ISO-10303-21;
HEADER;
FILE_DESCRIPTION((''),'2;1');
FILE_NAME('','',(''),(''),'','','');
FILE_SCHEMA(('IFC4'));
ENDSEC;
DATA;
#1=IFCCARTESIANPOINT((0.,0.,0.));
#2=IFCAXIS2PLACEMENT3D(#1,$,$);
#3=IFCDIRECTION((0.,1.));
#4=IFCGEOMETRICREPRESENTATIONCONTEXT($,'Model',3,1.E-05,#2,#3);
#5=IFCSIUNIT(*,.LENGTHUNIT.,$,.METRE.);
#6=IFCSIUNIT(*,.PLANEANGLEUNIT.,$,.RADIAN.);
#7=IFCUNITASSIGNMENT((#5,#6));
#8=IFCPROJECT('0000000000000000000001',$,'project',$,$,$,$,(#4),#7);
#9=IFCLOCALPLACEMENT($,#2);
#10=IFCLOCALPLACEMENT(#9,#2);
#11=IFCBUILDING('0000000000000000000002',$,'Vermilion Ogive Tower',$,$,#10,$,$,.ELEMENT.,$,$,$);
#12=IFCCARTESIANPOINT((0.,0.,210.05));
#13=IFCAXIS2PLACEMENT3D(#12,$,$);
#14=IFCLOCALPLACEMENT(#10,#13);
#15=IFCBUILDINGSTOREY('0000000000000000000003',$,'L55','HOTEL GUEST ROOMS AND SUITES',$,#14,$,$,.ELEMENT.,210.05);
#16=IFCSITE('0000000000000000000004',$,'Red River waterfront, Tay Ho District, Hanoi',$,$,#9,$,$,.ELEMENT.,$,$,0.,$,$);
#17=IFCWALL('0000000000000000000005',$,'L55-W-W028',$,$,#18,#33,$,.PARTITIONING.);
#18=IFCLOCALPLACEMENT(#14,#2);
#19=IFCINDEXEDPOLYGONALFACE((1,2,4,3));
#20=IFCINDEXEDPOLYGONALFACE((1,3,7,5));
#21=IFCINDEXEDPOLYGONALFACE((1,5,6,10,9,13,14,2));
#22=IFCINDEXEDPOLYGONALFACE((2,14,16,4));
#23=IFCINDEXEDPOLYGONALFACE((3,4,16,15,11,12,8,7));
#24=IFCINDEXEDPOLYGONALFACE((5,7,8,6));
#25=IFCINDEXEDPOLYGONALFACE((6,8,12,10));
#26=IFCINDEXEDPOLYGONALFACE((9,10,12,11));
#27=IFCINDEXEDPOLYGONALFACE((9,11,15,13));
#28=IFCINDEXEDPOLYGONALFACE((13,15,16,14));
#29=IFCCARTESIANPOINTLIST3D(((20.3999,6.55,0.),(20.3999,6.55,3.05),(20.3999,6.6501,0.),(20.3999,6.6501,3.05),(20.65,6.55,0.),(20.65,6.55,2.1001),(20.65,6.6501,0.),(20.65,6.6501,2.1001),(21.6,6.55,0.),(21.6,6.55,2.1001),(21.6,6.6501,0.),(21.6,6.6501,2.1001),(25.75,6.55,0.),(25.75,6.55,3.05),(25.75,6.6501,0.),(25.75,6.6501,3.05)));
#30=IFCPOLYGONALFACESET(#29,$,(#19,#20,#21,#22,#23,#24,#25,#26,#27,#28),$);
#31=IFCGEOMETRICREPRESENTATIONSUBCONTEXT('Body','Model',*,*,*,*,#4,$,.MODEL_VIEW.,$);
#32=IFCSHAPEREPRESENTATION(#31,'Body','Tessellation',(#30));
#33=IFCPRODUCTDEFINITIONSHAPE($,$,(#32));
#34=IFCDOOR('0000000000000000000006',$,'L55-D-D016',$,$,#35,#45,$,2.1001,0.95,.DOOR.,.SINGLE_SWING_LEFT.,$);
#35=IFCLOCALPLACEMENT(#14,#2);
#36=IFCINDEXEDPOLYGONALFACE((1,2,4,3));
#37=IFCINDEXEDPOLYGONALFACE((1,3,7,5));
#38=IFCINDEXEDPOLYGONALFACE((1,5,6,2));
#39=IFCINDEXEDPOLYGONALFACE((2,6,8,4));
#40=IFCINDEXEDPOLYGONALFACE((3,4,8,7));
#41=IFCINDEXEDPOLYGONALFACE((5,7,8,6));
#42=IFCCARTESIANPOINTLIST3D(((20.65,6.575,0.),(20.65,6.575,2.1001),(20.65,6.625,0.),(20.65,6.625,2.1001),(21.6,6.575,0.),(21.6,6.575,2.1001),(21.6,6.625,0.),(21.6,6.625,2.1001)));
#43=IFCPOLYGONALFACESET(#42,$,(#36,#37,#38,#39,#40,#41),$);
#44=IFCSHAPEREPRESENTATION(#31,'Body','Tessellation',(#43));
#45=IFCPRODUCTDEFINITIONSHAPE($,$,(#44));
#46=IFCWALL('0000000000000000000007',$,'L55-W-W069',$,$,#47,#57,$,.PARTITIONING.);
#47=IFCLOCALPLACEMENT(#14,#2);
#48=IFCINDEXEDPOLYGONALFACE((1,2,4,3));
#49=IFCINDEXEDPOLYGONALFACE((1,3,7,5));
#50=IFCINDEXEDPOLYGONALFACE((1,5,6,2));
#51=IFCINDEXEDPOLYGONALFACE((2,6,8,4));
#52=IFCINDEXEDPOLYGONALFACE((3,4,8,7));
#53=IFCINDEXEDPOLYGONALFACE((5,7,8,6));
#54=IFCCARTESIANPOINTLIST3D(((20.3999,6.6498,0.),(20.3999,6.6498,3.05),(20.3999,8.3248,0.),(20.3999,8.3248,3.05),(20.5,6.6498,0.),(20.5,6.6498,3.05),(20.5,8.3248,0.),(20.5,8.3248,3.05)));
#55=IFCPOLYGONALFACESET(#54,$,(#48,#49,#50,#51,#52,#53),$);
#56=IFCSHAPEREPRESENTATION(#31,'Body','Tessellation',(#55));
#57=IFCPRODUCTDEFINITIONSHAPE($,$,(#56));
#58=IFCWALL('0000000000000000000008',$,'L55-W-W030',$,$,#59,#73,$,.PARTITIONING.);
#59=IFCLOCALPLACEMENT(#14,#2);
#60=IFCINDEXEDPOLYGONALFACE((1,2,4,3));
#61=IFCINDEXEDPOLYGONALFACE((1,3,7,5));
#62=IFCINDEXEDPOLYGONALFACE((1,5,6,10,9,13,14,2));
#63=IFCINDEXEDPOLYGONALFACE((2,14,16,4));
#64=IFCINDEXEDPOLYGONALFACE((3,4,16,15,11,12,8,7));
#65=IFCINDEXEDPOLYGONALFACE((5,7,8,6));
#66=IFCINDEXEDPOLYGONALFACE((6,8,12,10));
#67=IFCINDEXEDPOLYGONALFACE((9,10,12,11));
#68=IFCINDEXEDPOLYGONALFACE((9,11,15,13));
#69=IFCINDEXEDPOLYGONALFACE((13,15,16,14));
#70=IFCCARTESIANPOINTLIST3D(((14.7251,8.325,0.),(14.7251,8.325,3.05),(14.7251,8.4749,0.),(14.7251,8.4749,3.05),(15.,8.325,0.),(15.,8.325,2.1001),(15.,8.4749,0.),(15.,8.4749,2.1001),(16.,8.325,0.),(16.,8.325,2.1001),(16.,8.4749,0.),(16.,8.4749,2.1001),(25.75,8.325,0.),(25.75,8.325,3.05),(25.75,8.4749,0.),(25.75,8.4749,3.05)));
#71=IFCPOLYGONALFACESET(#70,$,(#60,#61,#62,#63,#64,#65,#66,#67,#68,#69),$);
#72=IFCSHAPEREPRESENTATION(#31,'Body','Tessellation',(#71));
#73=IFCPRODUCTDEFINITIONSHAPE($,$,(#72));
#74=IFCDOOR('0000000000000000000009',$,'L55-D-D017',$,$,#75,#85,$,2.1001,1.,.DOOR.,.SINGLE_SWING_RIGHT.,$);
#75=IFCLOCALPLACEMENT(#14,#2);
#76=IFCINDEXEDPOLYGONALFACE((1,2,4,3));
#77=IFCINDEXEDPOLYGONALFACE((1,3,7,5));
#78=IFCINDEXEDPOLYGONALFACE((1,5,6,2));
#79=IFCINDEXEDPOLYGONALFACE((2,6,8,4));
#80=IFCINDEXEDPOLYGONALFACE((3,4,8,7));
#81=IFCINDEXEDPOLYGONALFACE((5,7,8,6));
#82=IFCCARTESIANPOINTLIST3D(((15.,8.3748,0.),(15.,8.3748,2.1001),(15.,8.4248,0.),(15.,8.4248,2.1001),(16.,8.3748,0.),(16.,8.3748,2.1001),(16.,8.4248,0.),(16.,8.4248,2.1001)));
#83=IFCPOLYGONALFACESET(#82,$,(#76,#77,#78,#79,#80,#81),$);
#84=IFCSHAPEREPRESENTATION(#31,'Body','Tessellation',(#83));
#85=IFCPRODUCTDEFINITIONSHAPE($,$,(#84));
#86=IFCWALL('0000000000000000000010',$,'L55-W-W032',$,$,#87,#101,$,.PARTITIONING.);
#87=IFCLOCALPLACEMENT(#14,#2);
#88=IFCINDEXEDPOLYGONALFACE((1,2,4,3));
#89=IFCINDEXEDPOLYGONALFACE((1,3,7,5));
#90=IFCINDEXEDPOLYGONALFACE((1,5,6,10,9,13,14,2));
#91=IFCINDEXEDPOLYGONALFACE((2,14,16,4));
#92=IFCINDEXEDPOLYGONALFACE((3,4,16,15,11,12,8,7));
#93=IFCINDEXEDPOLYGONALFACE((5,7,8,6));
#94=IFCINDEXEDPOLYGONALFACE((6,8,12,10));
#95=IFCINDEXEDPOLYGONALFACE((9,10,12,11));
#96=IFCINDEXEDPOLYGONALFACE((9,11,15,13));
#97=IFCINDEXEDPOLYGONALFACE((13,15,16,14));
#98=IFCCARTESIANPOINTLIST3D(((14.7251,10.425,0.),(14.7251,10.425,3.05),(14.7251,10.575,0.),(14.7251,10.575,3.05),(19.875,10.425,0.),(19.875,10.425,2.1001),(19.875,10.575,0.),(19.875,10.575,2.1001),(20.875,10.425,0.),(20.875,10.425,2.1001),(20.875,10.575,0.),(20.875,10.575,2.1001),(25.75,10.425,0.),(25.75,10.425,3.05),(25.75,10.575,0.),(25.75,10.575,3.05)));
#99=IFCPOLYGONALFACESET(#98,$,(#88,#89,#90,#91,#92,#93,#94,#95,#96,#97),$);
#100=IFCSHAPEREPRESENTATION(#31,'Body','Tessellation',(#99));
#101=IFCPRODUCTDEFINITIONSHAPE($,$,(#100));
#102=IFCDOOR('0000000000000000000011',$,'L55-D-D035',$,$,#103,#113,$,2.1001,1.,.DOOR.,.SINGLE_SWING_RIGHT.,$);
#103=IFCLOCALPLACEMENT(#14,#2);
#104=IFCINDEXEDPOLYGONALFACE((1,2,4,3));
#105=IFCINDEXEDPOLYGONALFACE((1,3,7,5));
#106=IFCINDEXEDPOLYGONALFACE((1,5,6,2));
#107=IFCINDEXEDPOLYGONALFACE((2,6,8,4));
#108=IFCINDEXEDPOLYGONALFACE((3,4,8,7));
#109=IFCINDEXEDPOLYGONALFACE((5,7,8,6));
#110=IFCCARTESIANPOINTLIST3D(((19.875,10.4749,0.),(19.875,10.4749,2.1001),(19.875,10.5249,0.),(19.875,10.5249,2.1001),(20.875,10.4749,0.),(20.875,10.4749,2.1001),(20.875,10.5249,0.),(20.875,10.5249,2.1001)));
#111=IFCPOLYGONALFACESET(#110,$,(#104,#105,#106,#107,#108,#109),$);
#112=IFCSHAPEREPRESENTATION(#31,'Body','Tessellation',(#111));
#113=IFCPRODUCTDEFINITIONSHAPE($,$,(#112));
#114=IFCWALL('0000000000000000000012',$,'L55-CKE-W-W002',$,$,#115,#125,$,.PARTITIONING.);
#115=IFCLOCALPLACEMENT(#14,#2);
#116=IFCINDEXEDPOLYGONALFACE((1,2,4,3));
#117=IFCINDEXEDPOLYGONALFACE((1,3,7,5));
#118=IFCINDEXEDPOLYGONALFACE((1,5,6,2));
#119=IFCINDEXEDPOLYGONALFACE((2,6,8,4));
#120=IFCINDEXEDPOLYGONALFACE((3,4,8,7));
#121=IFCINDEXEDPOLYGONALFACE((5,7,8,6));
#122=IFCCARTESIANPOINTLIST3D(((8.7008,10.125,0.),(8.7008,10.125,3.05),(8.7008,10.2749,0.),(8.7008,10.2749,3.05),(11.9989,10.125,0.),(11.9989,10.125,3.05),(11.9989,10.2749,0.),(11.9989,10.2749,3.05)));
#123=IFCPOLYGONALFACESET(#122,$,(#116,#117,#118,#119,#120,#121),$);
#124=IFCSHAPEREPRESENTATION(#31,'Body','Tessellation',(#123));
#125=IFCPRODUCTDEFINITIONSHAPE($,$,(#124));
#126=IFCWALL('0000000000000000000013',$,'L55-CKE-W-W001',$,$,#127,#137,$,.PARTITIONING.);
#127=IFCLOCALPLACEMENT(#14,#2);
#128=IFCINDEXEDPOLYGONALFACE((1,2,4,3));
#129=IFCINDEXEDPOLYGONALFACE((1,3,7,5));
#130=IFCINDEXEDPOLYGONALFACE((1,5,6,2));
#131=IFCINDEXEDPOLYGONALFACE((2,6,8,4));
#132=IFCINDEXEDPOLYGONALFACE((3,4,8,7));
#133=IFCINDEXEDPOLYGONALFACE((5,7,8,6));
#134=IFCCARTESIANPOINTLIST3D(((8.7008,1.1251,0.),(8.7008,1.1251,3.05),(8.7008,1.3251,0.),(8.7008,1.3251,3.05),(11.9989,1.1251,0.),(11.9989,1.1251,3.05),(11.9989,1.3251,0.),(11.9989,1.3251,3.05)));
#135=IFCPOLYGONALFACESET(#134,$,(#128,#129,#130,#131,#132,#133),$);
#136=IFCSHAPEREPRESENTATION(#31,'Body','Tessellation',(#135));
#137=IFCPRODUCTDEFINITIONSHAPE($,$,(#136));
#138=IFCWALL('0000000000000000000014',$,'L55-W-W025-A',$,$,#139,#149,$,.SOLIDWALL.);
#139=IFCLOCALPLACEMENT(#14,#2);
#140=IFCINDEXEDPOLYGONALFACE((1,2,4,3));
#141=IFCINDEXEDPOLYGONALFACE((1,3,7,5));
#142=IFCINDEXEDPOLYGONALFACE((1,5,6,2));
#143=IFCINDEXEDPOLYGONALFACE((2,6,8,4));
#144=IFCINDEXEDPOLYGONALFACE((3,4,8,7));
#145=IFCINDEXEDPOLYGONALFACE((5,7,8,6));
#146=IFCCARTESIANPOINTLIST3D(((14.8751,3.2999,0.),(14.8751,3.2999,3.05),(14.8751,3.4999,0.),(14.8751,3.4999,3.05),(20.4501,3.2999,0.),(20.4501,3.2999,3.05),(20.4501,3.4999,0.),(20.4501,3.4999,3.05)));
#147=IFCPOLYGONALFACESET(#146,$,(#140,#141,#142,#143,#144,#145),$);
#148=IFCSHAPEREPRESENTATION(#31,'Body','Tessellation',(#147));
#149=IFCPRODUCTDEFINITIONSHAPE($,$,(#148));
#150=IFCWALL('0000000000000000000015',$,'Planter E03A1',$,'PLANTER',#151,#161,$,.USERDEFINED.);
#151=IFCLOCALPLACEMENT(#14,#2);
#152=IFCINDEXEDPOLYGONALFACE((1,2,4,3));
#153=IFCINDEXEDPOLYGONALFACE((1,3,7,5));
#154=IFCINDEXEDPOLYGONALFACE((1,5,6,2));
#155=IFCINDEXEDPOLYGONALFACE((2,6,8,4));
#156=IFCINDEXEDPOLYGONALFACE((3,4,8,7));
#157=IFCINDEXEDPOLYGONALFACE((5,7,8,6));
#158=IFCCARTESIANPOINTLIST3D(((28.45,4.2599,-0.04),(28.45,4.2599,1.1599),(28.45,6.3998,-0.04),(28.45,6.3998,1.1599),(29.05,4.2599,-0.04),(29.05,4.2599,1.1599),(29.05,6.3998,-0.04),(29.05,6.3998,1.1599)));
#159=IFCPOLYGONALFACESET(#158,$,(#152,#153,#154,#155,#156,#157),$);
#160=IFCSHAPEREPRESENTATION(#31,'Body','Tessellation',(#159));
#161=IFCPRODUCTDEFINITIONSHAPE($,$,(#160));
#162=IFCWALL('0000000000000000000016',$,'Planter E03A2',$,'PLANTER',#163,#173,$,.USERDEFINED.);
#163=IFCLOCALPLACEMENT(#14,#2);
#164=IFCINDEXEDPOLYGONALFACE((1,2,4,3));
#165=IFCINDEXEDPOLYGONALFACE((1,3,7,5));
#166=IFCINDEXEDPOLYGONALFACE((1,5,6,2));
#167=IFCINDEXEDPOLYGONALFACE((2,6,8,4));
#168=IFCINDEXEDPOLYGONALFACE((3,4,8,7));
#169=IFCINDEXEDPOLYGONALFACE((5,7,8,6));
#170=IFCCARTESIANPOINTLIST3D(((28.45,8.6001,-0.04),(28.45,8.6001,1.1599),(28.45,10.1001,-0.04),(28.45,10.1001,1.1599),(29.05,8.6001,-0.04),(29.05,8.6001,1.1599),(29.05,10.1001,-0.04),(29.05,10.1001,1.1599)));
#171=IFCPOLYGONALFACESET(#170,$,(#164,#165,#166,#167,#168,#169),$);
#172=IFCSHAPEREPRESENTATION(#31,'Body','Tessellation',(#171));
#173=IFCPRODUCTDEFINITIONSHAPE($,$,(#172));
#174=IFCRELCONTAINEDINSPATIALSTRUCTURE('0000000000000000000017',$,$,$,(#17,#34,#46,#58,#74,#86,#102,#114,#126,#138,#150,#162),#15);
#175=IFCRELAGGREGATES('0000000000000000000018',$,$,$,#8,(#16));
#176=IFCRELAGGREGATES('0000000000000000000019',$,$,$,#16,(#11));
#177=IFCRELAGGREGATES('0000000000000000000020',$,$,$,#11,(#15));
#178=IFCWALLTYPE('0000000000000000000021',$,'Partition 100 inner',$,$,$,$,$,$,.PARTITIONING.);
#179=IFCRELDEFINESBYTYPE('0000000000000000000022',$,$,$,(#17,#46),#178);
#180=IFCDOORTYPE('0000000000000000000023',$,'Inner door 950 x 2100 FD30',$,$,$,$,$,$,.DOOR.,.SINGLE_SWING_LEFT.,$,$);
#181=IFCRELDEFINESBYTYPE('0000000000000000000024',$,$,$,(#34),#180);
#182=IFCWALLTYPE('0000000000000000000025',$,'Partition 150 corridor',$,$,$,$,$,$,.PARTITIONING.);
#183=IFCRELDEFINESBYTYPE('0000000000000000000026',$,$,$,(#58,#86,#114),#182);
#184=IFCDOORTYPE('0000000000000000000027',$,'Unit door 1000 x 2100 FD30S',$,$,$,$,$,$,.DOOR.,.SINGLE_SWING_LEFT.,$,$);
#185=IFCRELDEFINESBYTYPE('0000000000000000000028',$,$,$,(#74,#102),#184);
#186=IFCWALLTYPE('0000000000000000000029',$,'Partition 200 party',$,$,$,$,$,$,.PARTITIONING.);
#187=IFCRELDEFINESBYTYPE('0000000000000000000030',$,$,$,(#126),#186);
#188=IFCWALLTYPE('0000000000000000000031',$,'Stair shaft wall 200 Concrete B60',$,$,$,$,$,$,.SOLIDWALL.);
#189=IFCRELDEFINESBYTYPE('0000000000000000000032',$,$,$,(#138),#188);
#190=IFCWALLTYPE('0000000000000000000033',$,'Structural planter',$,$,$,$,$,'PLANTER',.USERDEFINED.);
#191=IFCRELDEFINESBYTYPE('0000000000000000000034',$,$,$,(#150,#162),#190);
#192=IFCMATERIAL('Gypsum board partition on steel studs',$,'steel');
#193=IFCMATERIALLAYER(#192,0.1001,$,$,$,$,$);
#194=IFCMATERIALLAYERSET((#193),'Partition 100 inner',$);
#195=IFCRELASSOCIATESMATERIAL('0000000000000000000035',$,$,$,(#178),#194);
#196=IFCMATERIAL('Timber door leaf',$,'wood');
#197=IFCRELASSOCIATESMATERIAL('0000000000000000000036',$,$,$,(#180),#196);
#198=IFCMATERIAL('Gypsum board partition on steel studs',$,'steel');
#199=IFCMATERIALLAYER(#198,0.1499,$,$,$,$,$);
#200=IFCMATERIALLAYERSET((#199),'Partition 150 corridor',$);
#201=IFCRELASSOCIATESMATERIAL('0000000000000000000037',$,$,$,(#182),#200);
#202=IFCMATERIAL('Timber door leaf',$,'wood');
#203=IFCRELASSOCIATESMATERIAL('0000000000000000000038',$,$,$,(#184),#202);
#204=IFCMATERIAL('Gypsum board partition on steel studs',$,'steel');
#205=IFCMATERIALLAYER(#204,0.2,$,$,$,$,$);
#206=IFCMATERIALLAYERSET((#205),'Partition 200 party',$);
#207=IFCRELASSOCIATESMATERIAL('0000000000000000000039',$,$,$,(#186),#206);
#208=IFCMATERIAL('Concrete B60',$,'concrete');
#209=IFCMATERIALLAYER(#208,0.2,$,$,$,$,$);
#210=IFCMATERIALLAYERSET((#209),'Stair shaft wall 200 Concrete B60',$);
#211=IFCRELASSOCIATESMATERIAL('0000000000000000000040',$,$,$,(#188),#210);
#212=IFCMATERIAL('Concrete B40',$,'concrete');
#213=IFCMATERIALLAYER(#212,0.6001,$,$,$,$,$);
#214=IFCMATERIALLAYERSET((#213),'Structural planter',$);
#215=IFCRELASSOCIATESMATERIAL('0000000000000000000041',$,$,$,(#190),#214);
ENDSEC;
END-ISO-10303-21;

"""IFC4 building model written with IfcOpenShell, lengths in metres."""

from ifc_helpers import new_model, si_unit, direction, frame, frame_2d, origin, place, context, subcontext, project, spatial, rectangle, extrude, material, layer, layer_set, type_object, element, fill, save


model = new_model("IFC4")

# Units and contexts
model_context = context("Model", 3, precision=1e-05, world=origin(), true_north=direction((0.0, 1.0)))
body_context = subcontext(model_context, "Body", "Model", "MODEL_VIEW")
ifc_project = project(units=[si_unit("LENGTHUNIT", "METRE"), si_unit("PLANEANGLEUNIT", "RADIAN")], contexts=[model_context])

# Site, building, storey
site_placement = place(None, origin())
site = spatial("IfcSite", under=ifc_project, at=site_placement, Name="Red River waterfront, Tay Ho District, Hanoi", CompositionType="ELEMENT", RefElevation=0.0)
building_placement = place(site_placement, origin())
building = spatial("IfcBuilding", under=site, at=building_placement, Name="Vermilion Ogive Tower", CompositionType="ELEMENT")
storey_placement = place(building_placement, frame((0.0, 0.0, 210.05)))
storey = spatial("IfcBuildingStorey", under=building, at=storey_placement, Name="L55", Description="HOTEL GUEST ROOMS AND SUITES", CompositionType="ELEMENT", Elevation=210.05)

# Shared definitions
ifc_material_1 = material(Name="Gypsum board partition on steel studs", Category="steel")
ifc_layer_1 = layer(ifc_material_1, 0.1001)
ifc_layer_set_1 = layer_set([ifc_layer_1], Name="Partition 100 inner")
wall_type_1 = type_object("IfcWallType", Name="Partition 100 inner", PredefinedType="PARTITIONING", material=ifc_layer_set_1)
ifc_material_2 = material(Name="Timber door leaf", Category="wood")
door_type_1 = type_object("IfcDoorType", Name="Inner door 950 x 2100 FD30", OperationType="SINGLE_SWING_LEFT", PredefinedType="DOOR", material=ifc_material_2)

# Wall, opening, door
wall_1_placement = place(storey_placement, frame((20.3999, 6.6001, 0.0), z_axis=(0.0, 0.0, 1.0), x_axis=(1.0, 0.0, 0.0)))
wall_1 = element("IfcWall", 1, at=wall_1_placement, inside=storey, type_object=wall_type_1, Name="L55-W-W028", PredefinedType="PARTITIONING", context=body_context, shape_type="SweptSolid", body=[
    extrude(rectangle(XDim=5.3501, YDim=0.1001, at=frame_2d((2.675, 0.0))), origin(), (0.0, 0.0, 1.0), 3.05),
])
opening_1_placement = place(wall_1_placement, frame((0.25, 0.0, 0.0)))
opening_1 = element("IfcOpeningElement", 2, at=opening_1_placement, cuts=wall_1, PredefinedType="OPENING", context=body_context, shape_type="SweptSolid", body=[
    extrude(rectangle(XDim=0.95, YDim=2.1001, at=frame_2d((0.4751, 1.05))), frame((0.0, 0.0601, 0.0), z_axis=(0.0, -1.0, 0.0), x_axis=(1.0, 0.0, 0.0)), (0.0, 0.0, 1.0), 0.1201),
])
door_1_placement = place(opening_1_placement, origin())
door_1 = element("IfcDoor", 3, at=door_1_placement, inside=storey, type_object=door_type_1, Name="L55-D-D016", OperationType="SINGLE_SWING_LEFT", OverallHeight=2.1001, OverallWidth=0.95, PredefinedType="DOOR", context=body_context, shape_type="SweptSolid", body=[
    extrude(rectangle(XDim=0.95, YDim=2.1001, at=frame_2d((0.4751, 1.05))), frame((0.0, 0.0249, 0.0), z_axis=(0.0, -1.0, 0.0), x_axis=(1.0, 0.0, 0.0)), (0.0, 0.0, 1.0), 0.05),
])
fill(opening_1, door_1)

# Wall
wall_2_placement = place(storey_placement, frame((20.45, 6.6499, 0.0), z_axis=(0.0, 0.0, 1.0), x_axis=(0.0, 1.0, 0.0)))
element("IfcWall", 4, at=wall_2_placement, inside=storey, type_object=wall_type_1, Name="L55-W-W069", PredefinedType="PARTITIONING", context=body_context, shape_type="SweptSolid", body=[
    extrude(rectangle(XDim=1.675, YDim=0.1001, at=frame_2d((0.8374, 0.0))), origin(), (0.0, 0.0, 1.0), 3.05),
])

# Walls, openings, doors
ifc_material_3 = material(Name="Gypsum board partition on steel studs", Category="steel")
ifc_layer_2 = layer(ifc_material_3, 0.1499)
ifc_layer_set_2 = layer_set([ifc_layer_2], Name="Partition 150 corridor")
wall_type_2 = type_object("IfcWallType", Name="Partition 150 corridor", PredefinedType="PARTITIONING", material=ifc_layer_set_2)
wall_3_placement = place(storey_placement, frame((14.7251, 8.3999, 0.0), z_axis=(0.0, 0.0, 1.0), x_axis=(1.0, 0.0, 0.0)))
wall_3 = element("IfcWall", 5, at=wall_3_placement, inside=storey, type_object=wall_type_2, Name="L55-W-W030", PredefinedType="PARTITIONING", context=body_context, shape_type="SweptSolid", body=[
    extrude(rectangle(XDim=11.0249, YDim=0.1499, at=frame_2d((5.5125, 0.0))), origin(), (0.0, 0.0, 1.0), 3.05),
])
opening_2_placement = place(wall_3_placement, frame((0.2749, 0.0, 0.0)))
opening_2 = element("IfcOpeningElement", 6, at=opening_2_placement, cuts=wall_3, PredefinedType="OPENING", context=body_context, shape_type="SweptSolid", body=[
    extrude(rectangle(XDim=1.0, YDim=2.1001, at=frame_2d((0.5, 1.05))), frame((0.0, 0.085, 0.0), z_axis=(0.0, -1.0, 0.0), x_axis=(1.0, 0.0, 0.0)), (0.0, 0.0, 1.0), 0.1699),
])
ifc_material_4 = material(Name="Timber door leaf", Category="wood")
door_type_2 = type_object("IfcDoorType", Name="Unit door 1000 x 2100 FD30S", OperationType="SINGLE_SWING_LEFT", PredefinedType="DOOR", material=ifc_material_4)
door_2_placement = place(opening_2_placement, origin())
door_2 = element("IfcDoor", 7, at=door_2_placement, inside=storey, type_object=door_type_2, Name="L55-D-D017", OperationType="SINGLE_SWING_RIGHT", OverallHeight=2.1001, OverallWidth=1.0, PredefinedType="DOOR", context=body_context, shape_type="SweptSolid", body=[
    extrude(rectangle(XDim=1.0, YDim=2.1001, at=frame_2d((0.5, 1.05))), frame((0.0, 0.0249, 0.0), z_axis=(0.0, -1.0, 0.0), x_axis=(1.0, 0.0, 0.0)), (0.0, 0.0, 1.0), 0.05),
])
fill(opening_2, door_2)
wall_4_placement = place(storey_placement, frame((14.7251, 10.5, 0.0), z_axis=(0.0, 0.0, 1.0), x_axis=(1.0, 0.0, 0.0)))
wall_4 = element("IfcWall", 8, at=wall_4_placement, inside=storey, type_object=wall_type_2, Name="L55-W-W032", PredefinedType="PARTITIONING", context=body_context, shape_type="SweptSolid", body=[
    extrude(rectangle(XDim=11.0249, YDim=0.1499, at=frame_2d((5.5125, 0.0))), origin(), (0.0, 0.0, 1.0), 3.05),
])
opening_3_placement = place(wall_4_placement, frame((5.1499, 0.0, 0.0)))
opening_3 = element("IfcOpeningElement", 9, at=opening_3_placement, cuts=wall_4, PredefinedType="OPENING", context=body_context, shape_type="SweptSolid", body=[
    extrude(rectangle(XDim=1.0, YDim=2.1001, at=frame_2d((0.5, 1.05))), frame((0.0, 0.085, 0.0), z_axis=(0.0, -1.0, 0.0), x_axis=(1.0, 0.0, 0.0)), (0.0, 0.0, 1.0), 0.1699),
])
door_3_placement = place(opening_3_placement, origin())
door_3 = element("IfcDoor", 10, at=door_3_placement, inside=storey, type_object=door_type_2, Name="L55-D-D035", OperationType="SINGLE_SWING_RIGHT", OverallHeight=2.1001, OverallWidth=1.0, PredefinedType="DOOR", context=body_context, shape_type="SweptSolid", body=[
    extrude(rectangle(XDim=1.0, YDim=2.1001, at=frame_2d((0.5, 1.05))), frame((0.0, 0.0249, 0.0), z_axis=(0.0, -1.0, 0.0), x_axis=(1.0, 0.0, 0.0)), (0.0, 0.0, 1.0), 0.05),
])
fill(opening_3, door_3)

# Walls
wall_5_placement = place(storey_placement, frame((8.7009, 10.2, 0.0), z_axis=(0.0, 0.0, 1.0), x_axis=(1.0, 0.0, 0.0)))
element("IfcWall", 11, at=wall_5_placement, inside=storey, type_object=wall_type_2, Name="L55-CKE-W-W002", PredefinedType="PARTITIONING", context=body_context, shape_type="SweptSolid", body=[
    extrude(rectangle(XDim=3.2981, YDim=0.1499, at=frame_2d((1.6489, 0.0))), origin(), (0.0, 0.0, 1.0), 3.05),
])
ifc_material_5 = material(Name="Gypsum board partition on steel studs", Category="steel")
ifc_layer_3 = layer(ifc_material_5, 0.2)
ifc_layer_set_3 = layer_set([ifc_layer_3], Name="Partition 200 party")
wall_type_3 = type_object("IfcWallType", Name="Partition 200 party", PredefinedType="PARTITIONING", material=ifc_layer_set_3)
wall_6_placement = place(storey_placement, frame((8.7009, 1.2251, 0.0), z_axis=(0.0, 0.0, 1.0), x_axis=(1.0, 0.0, 0.0)))
element("IfcWall", 12, at=wall_6_placement, inside=storey, type_object=wall_type_3, Name="L55-CKE-W-W001", PredefinedType="PARTITIONING", context=body_context, shape_type="SweptSolid", body=[
    extrude(rectangle(XDim=3.2981, YDim=0.2, at=frame_2d((1.6489, 0.0))), origin(), (0.0, 0.0, 1.0), 3.05),
])
ifc_material_6 = material(Name="Concrete B60", Category="concrete")
ifc_layer_4 = layer(ifc_material_6, 0.2)
ifc_layer_set_4 = layer_set([ifc_layer_4], Name="Stair shaft wall 200 Concrete B60")
wall_type_4 = type_object("IfcWallType", Name="Stair shaft wall 200 Concrete B60", PredefinedType="SOLIDWALL", material=ifc_layer_set_4)
wall_7_placement = place(storey_placement, frame((14.875, 3.3999, 0.0), z_axis=(0.0, 0.0, 1.0), x_axis=(1.0, 0.0, 0.0)))
element("IfcWall", 13, at=wall_7_placement, inside=storey, type_object=wall_type_4, Name="L55-W-W025-A", PredefinedType="SOLIDWALL", context=body_context, shape_type="SweptSolid", body=[
    extrude(rectangle(XDim=5.575, YDim=0.2, at=frame_2d((2.7876, 0.0))), origin(), (0.0, 0.0, 1.0), 3.05),
])
ifc_material_7 = material(Name="Concrete B40", Category="concrete")
ifc_layer_5 = layer(ifc_material_7, 0.6001)
ifc_layer_set_5 = layer_set([ifc_layer_5], Name="Structural planter")
wall_type_5 = type_object("IfcWallType", Name="Structural planter", ElementType="PLANTER", PredefinedType="USERDEFINED", material=ifc_layer_set_5)
wall_8_placement = place(storey_placement, frame((28.75, 4.26, -0.04), z_axis=(0.0, 0.0, 1.0), x_axis=(0.0, 1.0, 0.0)))
element("IfcWall", 14, at=wall_8_placement, inside=storey, type_object=wall_type_5, Name="Planter E03A1", ObjectType="PLANTER", PredefinedType="USERDEFINED", context=body_context, shape_type="SweptSolid", body=[
    extrude(rectangle(XDim=2.1399, YDim=0.6001, at=frame_2d((1.0698, 0.0))), origin(), (0.0, 0.0, 1.0), 1.2),
])
wall_9_placement = place(storey_placement, frame((28.75, 8.6001, -0.04), z_axis=(0.0, 0.0, 1.0), x_axis=(0.0, 1.0, 0.0)))
element("IfcWall", 15, at=wall_9_placement, inside=storey, type_object=wall_type_5, Name="Planter E03A2", ObjectType="PLANTER", PredefinedType="USERDEFINED", context=body_context, shape_type="SweptSolid", body=[
    extrude(rectangle(XDim=1.5, YDim=0.6001, at=frame_2d((0.75, 0.0))), origin(), (0.0, 0.0, 1.0), 1.2),
])

save(model, "model.ifc")
